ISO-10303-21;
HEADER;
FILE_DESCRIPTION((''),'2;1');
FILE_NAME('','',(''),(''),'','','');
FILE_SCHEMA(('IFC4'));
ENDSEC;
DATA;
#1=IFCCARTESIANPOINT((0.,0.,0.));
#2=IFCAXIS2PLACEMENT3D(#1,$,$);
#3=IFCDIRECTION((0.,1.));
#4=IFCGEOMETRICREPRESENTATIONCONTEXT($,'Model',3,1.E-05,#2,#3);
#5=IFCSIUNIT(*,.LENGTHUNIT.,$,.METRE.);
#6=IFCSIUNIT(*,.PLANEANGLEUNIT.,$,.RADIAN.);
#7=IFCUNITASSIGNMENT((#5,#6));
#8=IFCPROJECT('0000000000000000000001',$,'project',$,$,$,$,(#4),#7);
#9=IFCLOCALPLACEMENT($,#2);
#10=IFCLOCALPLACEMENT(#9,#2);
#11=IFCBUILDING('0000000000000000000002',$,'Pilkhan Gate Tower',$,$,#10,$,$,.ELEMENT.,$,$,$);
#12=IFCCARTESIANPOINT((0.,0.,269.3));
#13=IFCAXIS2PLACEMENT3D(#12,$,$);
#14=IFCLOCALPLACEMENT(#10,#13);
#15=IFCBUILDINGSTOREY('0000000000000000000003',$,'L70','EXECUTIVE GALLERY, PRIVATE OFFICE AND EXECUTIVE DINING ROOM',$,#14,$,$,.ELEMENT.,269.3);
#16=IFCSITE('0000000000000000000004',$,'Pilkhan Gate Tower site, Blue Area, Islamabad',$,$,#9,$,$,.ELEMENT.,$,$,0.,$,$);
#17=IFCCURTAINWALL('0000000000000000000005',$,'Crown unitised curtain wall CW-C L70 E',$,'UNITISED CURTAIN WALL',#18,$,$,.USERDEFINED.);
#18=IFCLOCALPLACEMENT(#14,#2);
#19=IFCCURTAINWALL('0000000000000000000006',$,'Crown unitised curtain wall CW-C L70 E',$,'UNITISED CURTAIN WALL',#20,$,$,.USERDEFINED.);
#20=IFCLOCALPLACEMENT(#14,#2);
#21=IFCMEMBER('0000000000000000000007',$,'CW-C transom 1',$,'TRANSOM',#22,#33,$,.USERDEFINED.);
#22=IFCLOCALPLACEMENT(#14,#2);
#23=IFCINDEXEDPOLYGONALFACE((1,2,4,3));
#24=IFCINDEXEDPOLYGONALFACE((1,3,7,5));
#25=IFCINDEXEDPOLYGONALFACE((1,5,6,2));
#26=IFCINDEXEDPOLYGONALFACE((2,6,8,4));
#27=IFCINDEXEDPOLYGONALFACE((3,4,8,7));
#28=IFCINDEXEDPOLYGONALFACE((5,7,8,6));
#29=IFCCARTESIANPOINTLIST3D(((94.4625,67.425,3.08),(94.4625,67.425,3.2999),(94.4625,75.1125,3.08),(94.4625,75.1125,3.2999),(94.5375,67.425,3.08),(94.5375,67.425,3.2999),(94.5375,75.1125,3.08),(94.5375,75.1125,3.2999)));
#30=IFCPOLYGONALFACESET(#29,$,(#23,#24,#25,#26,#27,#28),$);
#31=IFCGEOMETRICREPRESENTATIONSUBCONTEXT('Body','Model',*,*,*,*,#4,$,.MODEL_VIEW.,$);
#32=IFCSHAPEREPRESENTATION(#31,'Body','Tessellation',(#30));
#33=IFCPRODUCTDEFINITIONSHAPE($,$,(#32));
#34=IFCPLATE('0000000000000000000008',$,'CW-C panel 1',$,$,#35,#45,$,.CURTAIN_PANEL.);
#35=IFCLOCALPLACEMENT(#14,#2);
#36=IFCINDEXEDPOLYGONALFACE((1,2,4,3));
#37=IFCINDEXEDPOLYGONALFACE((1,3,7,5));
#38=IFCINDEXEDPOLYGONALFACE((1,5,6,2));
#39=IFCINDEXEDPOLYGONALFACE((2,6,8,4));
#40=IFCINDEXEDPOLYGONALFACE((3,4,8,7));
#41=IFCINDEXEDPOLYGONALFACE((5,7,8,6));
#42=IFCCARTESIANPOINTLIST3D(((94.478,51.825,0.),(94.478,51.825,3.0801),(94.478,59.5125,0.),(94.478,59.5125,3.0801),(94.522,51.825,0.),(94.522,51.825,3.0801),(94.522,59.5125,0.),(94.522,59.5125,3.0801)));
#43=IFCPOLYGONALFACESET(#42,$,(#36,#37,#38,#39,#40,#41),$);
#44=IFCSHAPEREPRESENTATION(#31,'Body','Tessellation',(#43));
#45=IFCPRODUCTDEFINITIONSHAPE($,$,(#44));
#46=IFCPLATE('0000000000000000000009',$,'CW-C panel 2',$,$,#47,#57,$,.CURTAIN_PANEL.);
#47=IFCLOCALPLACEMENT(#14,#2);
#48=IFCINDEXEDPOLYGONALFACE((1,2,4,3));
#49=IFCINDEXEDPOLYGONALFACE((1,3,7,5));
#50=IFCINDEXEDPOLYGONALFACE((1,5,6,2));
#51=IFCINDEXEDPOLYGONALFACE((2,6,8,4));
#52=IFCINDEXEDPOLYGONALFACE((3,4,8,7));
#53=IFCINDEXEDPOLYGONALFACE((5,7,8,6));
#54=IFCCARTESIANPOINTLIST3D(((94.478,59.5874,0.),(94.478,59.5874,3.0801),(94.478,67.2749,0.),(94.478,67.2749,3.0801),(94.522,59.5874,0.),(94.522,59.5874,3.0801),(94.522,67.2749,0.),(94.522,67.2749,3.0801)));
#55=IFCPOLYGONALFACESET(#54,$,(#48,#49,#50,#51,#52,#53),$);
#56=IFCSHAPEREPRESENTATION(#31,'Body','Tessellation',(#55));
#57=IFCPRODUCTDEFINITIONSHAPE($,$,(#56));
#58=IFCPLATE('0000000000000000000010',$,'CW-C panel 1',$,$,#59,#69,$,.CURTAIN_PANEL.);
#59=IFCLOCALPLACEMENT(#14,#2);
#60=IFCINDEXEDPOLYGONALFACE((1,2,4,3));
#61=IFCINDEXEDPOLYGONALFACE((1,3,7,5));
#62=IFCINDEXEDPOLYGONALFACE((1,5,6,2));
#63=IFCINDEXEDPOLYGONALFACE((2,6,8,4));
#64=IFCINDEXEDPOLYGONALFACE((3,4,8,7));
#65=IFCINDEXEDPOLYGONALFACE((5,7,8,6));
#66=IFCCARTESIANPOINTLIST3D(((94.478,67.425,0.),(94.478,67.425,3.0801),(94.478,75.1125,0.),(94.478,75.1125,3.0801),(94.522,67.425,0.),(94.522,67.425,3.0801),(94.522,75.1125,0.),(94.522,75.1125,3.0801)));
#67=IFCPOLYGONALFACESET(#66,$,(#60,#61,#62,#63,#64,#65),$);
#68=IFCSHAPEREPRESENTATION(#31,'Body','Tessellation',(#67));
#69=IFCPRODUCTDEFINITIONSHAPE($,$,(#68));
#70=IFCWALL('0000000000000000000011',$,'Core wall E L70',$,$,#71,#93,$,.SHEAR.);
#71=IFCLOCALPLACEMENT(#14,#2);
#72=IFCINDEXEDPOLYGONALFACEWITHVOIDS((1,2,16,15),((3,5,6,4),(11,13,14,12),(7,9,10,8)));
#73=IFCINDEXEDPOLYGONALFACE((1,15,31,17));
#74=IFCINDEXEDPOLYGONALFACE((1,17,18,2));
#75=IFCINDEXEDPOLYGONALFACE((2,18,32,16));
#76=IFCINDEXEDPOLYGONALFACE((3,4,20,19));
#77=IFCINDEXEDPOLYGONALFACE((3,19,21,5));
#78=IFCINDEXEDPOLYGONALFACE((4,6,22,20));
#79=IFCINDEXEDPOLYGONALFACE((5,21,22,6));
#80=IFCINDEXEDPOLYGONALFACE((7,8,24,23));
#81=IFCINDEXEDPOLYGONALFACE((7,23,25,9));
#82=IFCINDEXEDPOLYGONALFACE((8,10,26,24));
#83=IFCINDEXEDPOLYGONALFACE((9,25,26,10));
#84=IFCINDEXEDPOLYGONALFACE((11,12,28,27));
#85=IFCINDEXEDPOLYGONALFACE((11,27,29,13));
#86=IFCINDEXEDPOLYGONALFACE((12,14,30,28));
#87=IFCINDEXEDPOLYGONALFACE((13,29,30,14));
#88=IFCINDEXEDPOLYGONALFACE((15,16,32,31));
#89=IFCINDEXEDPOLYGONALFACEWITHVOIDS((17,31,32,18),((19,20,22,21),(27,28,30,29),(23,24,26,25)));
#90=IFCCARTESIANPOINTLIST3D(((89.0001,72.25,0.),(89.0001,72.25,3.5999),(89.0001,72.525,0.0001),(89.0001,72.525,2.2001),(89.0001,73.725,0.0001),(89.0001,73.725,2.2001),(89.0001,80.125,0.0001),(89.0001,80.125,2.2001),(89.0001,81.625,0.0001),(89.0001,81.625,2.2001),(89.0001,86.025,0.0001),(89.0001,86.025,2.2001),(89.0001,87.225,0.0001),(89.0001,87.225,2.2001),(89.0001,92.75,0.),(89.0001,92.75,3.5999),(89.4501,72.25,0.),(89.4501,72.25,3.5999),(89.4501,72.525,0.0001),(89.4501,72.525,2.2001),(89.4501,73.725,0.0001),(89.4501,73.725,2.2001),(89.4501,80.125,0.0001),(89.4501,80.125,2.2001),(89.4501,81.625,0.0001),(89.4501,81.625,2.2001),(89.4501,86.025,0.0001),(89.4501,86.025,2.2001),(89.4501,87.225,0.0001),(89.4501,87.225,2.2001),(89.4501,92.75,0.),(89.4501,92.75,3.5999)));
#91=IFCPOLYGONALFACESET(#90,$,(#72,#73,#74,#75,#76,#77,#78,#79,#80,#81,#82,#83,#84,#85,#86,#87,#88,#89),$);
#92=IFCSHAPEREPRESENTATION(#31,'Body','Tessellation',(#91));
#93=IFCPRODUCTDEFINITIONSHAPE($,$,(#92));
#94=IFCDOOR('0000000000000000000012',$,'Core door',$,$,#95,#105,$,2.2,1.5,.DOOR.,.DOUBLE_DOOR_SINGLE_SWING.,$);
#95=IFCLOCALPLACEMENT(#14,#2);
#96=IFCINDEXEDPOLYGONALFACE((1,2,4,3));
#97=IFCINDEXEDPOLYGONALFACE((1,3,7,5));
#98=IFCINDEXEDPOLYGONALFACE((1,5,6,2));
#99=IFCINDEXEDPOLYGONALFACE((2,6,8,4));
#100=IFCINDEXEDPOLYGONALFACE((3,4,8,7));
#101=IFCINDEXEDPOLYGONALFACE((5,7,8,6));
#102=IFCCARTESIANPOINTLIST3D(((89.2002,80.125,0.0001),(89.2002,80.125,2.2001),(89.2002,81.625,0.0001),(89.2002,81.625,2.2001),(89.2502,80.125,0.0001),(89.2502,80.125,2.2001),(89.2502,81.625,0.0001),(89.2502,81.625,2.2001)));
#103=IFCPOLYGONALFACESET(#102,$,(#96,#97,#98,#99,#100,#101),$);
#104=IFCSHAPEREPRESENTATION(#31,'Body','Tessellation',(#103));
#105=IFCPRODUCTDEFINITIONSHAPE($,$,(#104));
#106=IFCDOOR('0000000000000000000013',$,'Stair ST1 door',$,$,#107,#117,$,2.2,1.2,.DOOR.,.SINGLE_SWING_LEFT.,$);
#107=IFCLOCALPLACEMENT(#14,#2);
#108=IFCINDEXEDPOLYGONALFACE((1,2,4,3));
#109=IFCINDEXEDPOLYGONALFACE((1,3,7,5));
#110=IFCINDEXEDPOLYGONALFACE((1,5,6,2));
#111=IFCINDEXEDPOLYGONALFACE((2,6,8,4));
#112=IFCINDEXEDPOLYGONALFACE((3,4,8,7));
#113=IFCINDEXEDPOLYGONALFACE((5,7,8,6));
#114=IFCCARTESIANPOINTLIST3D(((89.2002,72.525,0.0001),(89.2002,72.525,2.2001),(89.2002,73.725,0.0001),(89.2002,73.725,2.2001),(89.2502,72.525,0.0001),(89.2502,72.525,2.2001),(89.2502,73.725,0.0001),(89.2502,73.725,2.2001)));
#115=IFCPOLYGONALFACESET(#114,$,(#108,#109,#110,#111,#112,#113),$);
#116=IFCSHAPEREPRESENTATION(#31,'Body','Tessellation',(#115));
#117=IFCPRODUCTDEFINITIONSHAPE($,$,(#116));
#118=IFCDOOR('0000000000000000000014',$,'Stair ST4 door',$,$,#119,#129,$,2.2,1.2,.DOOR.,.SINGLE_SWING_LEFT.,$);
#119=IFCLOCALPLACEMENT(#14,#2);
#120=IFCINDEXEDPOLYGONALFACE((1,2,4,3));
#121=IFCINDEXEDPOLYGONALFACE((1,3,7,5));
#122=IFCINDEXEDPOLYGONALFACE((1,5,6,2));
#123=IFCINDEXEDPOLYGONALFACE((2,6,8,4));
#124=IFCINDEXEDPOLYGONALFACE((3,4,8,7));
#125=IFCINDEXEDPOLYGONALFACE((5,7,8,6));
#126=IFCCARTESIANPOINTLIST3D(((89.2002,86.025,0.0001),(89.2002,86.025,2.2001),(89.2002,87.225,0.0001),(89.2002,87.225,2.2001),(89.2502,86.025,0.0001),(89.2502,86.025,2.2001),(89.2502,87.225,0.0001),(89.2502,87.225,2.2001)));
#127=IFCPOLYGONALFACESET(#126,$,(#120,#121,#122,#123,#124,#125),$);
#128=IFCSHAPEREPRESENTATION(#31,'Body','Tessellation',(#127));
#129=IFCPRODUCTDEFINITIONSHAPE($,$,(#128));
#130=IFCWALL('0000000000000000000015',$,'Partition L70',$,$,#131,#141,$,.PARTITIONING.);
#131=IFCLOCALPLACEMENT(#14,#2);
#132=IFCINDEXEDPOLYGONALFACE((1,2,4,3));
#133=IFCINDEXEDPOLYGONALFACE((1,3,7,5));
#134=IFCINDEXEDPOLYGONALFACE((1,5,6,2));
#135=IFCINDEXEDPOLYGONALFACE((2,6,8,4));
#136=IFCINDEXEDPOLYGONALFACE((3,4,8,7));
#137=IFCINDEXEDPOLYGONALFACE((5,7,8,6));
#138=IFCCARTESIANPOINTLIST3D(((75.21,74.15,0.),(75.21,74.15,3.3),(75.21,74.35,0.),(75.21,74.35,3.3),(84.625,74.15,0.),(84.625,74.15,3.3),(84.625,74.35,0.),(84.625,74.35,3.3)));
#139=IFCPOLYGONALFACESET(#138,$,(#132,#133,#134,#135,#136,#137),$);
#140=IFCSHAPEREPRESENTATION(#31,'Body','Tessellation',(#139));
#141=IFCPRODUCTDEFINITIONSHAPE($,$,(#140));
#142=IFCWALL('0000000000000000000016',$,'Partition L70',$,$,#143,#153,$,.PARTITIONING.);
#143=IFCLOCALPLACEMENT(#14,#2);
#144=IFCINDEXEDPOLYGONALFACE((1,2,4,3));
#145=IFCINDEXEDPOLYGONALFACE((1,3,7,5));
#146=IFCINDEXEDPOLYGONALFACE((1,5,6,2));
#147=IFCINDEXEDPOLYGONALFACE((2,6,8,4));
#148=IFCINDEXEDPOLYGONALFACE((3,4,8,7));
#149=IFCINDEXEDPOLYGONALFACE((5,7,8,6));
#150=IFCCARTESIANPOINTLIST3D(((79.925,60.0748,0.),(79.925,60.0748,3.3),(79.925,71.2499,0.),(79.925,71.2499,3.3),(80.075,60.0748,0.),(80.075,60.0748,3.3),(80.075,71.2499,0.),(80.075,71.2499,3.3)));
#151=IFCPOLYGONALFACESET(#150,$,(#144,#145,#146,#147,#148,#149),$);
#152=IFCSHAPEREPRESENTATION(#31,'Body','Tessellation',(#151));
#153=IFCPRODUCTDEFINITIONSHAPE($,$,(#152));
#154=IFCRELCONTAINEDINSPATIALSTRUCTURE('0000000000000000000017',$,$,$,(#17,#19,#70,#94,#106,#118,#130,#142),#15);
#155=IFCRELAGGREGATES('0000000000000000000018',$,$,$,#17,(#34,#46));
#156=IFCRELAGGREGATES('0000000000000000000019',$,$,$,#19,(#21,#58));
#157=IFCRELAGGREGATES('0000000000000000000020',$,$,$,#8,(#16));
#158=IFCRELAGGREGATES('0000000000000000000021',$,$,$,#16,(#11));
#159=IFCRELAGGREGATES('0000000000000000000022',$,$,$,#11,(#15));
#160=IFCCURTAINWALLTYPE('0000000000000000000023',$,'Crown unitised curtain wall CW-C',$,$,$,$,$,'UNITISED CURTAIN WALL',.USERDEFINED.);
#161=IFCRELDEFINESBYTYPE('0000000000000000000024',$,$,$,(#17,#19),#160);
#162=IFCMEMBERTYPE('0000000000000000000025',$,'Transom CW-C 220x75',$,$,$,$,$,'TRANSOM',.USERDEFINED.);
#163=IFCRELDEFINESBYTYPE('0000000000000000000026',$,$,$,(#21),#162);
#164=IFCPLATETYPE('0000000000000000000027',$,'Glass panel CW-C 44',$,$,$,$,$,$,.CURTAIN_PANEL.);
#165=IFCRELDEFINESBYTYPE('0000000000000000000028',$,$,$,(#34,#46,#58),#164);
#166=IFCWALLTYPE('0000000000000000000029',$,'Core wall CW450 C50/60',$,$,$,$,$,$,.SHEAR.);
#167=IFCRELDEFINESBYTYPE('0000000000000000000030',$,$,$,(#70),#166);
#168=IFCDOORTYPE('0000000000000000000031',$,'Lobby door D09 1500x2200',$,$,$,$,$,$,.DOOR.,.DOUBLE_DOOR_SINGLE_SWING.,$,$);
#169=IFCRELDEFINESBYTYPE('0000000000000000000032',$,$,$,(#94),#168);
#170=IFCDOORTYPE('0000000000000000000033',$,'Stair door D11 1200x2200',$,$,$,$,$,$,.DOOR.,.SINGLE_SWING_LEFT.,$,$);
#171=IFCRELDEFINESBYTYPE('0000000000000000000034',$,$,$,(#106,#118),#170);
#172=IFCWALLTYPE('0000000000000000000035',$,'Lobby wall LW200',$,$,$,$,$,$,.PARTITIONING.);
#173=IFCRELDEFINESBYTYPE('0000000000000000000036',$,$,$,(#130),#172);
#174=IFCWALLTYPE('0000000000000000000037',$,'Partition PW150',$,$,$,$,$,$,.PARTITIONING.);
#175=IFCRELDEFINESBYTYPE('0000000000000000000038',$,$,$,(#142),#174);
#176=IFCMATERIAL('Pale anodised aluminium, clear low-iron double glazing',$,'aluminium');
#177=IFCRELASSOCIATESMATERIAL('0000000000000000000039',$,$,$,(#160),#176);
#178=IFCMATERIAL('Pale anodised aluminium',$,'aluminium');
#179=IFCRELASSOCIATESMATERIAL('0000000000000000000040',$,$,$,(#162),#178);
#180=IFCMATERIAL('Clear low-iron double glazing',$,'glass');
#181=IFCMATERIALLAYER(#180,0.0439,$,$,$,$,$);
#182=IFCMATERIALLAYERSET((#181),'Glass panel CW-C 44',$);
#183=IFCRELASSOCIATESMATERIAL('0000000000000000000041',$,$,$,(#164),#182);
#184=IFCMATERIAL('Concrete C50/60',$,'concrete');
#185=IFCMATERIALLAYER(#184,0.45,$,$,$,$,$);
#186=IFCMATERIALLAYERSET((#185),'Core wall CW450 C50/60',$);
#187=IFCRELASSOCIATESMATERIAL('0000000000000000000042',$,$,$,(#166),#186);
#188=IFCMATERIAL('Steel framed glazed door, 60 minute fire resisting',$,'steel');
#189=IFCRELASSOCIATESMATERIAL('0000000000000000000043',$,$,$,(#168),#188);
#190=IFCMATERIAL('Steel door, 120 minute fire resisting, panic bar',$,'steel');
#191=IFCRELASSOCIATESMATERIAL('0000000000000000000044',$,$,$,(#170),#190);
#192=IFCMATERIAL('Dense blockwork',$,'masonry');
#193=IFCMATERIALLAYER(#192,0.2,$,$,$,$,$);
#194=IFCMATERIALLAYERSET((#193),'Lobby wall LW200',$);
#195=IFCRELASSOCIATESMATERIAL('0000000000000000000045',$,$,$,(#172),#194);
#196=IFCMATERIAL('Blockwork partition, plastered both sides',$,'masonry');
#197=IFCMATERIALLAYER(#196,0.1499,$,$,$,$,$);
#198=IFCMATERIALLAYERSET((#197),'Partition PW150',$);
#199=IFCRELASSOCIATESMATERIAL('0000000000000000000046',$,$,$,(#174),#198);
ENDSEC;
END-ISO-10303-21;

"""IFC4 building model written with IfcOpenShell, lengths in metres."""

from ifc_helpers import new_model, si_unit, direction, frame, frame_2d, origin, origin_2d, place, context, subcontext, project, spatial, rectangle, extrude, material, layer, layer_set, material_profile, profile_set, type_object, element, fill, aggregate, save


model = new_model("IFC4")

# Units and contexts
model_context = context("Model", 3, precision=1e-05, world=origin(), true_north=direction((0.0, 1.0)))
body_context = subcontext(model_context, "Body", "Model", "MODEL_VIEW")
ifc_project = project(units=[si_unit("LENGTHUNIT", "METRE"), si_unit("PLANEANGLEUNIT", "RADIAN")], contexts=[model_context])

# Site, building, storey
site_placement = place(None, origin())
site = spatial("IfcSite", under=ifc_project, at=site_placement, Name="Pilkhan Gate Tower site, Blue Area, Islamabad", CompositionType="ELEMENT", RefElevation=0.0)
building_placement = place(site_placement, origin())
building = spatial("IfcBuilding", under=site, at=building_placement, Name="Pilkhan Gate Tower", CompositionType="ELEMENT")
storey_placement = place(building_placement, frame((0.0, 0.0, 269.3)))
storey = spatial("IfcBuildingStorey", under=building, at=storey_placement, Name="L70", Description="EXECUTIVE GALLERY, PRIVATE OFFICE AND EXECUTIVE DINING ROOM", CompositionType="ELEMENT", Elevation=269.3)

# Shared definitions
ifc_material_1 = material(Name="Concrete C50/60", Category="concrete")

# Curtain wall
ifc_material_2 = material(Name="Pale anodised aluminium, clear low-iron double glazing", Category="aluminium")
curtain_wall_type = type_object("IfcCurtainWallType", Name="Crown unitised curtain wall CW-C", ElementType="UNITISED CURTAIN WALL", PredefinedType="USERDEFINED", material=ifc_material_2)
curtain_wall_1_placement = place(storey_placement, origin())
curtain_wall_1 = element("IfcCurtainWall", 1, at=curtain_wall_1_placement, inside=storey, type_object=curtain_wall_type, Name="Crown unitised curtain wall CW-C L70 E", ObjectType="UNITISED CURTAIN WALL", PredefinedType="USERDEFINED")
ifc_material_3 = material(Name="Pale anodised aluminium", Category="aluminium")

# Curtain wall
curtain_wall_2_placement = place(storey_placement, origin())
curtain_wall_2 = element("IfcCurtainWall", 2, at=curtain_wall_2_placement, inside=storey, type_object=curtain_wall_type, Name="Crown unitised curtain wall CW-C L70 E", ObjectType="UNITISED CURTAIN WALL", PredefinedType="USERDEFINED")

# Member
ifc_material_profile_1 = material_profile(ifc_material_3, rectangle(XDim=0.075, YDim=0.22, at=origin_2d()), Name="Transom 220x75")
ifc_profile_set_1 = profile_set([ifc_material_profile_1], Name="Pale anodised aluminium")
member_type_1 = type_object("IfcMemberType", Name="Transom CW-C 220x75", ElementType="TRANSOM", PredefinedType="USERDEFINED", material=ifc_profile_set_1)
member_1_placement = place(storey_placement, frame((94.5, 67.425, 3.1899), z_axis=(0.0, 1.0, 0.0), x_axis=(-1.0, 0.0, 0.0)))
member_1 = element("IfcMember", 3, at=member_1_placement, type_object=member_type_1, Name="CW-C transom 1", ObjectType="TRANSOM", PredefinedType="USERDEFINED", context=body_context, shape_type="SweptSolid", body=[
    extrude(rectangle(XDim=0.075, YDim=0.22, at=origin_2d()), origin(), (0.0, 0.0, 1.0), 7.6875),
])

# Plates
ifc_material_4 = material(Name="Clear low-iron double glazing", Category="glass")
ifc_layer_1 = layer(ifc_material_4, 0.0439)
ifc_layer_set_1 = layer_set([ifc_layer_1], Name="Glass panel CW-C 44")
plate_type = type_object("IfcPlateType", Name="Glass panel CW-C 44", PredefinedType="CURTAIN_PANEL", material=ifc_layer_set_1)
plate_1_placement = place(storey_placement, frame((94.5, 55.6687, 0.0), z_axis=(0.0, 0.0, 1.0), x_axis=(0.0, 1.0, 0.0)))
plate_1 = element("IfcPlate", 4, at=plate_1_placement, type_object=plate_type, Name="CW-C panel 1", PredefinedType="CURTAIN_PANEL", context=body_context, shape_type="SweptSolid", body=[
    extrude(rectangle(XDim=7.6875, YDim=0.0439, at=origin_2d()), origin(), (0.0, 0.0, 1.0), 3.0801),
])
plate_2_placement = place(storey_placement, frame((94.5, 63.4312, 0.0), z_axis=(0.0, 0.0, 1.0), x_axis=(0.0, 1.0, 0.0)))
plate_2 = element("IfcPlate", 5, at=plate_2_placement, type_object=plate_type, Name="CW-C panel 2", PredefinedType="CURTAIN_PANEL", context=body_context, shape_type="SweptSolid", body=[
    extrude(rectangle(XDim=7.6875, YDim=0.0439, at=origin_2d()), origin(), (0.0, 0.0, 1.0), 3.0801),
])
aggregate(curtain_wall_1, [plate_1, plate_2])
plate_3_placement = place(storey_placement, frame((94.5, 71.2688, 0.0), z_axis=(0.0, 0.0, 1.0), x_axis=(0.0, 1.0, 0.0)))
plate_3 = element("IfcPlate", 6, at=plate_3_placement, type_object=plate_type, Name="CW-C panel 1", PredefinedType="CURTAIN_PANEL", context=body_context, shape_type="SweptSolid", body=[
    extrude(rectangle(XDim=7.6875, YDim=0.0439, at=origin_2d()), origin(), (0.0, 0.0, 1.0), 3.0801),
])
aggregate(curtain_wall_2, [member_1, plate_3])

# Wall, openings, doors
ifc_layer_2 = layer(ifc_material_1, 0.45)
ifc_layer_set_2 = layer_set([ifc_layer_2], Name="Core wall CW450 C50/60")
wall_type_1 = type_object("IfcWallType", Name="Core wall CW450 C50/60", PredefinedType="SHEAR", material=ifc_layer_set_2)
wall_1_placement = place(storey_placement, frame((89.2251, 72.25, 0.0), z_axis=(0.0, 0.0, 1.0), x_axis=(0.0, 1.0, 0.0)))
wall_1 = element("IfcWall", 7, at=wall_1_placement, inside=storey, type_object=wall_type_1, Name="Core wall E L70", PredefinedType="SHEAR", context=body_context, shape_type="SweptSolid", body=[
    extrude(rectangle(XDim=20.5, YDim=0.45, at=frame_2d((10.25, 0.0))), origin(), (0.0, 0.0, 1.0), 3.5999),
])
opening_1_placement = place(wall_1_placement, frame((0.2749, 0.0, 0.0)))
opening_1 = element("IfcOpeningElement", 8, at=opening_1_placement, cuts=wall_1, PredefinedType="OPENING", context=body_context, shape_type="SweptSolid", body=[
    extrude(rectangle(XDim=1.2, YDim=2.2, at=frame_2d((0.6001, 1.1001))), frame((0.0, 0.2349, 0.0), z_axis=(0.0, -1.0, 0.0), x_axis=(1.0, 0.0, 0.0)), (0.0, 0.0, 1.0), 0.47),
])
opening_2_placement = place(wall_1_placement, frame((13.7749, 0.0, 0.0)))
opening_2 = element("IfcOpeningElement", 9, at=opening_2_placement, cuts=wall_1, PredefinedType="OPENING", context=body_context, shape_type="SweptSolid", body=[
    extrude(rectangle(XDim=1.2, YDim=2.2, at=frame_2d((0.6001, 1.1001))), frame((0.0, 0.2349, 0.0), z_axis=(0.0, -1.0, 0.0), x_axis=(1.0, 0.0, 0.0)), (0.0, 0.0, 1.0), 0.47),
])
opening_3_placement = place(wall_1_placement, frame((7.875, 0.0, 0.0)))
opening_3 = element("IfcOpeningElement", 10, at=opening_3_placement, cuts=wall_1, PredefinedType="OPENING", context=body_context, shape_type="SweptSolid", body=[
    extrude(rectangle(XDim=1.5, YDim=2.2, at=frame_2d((0.75, 1.1001))), frame((0.0, 0.2349, 0.0), z_axis=(0.0, -1.0, 0.0), x_axis=(1.0, 0.0, 0.0)), (0.0, 0.0, 1.0), 0.47),
])
ifc_material_5 = material(Name="Steel framed glazed door, 60 minute fire resisting", Category="steel")
door_type_1 = type_object("IfcDoorType", Name="Lobby door D09 1500x2200", OperationType="DOUBLE_DOOR_SINGLE_SWING", PredefinedType="DOOR", material=ifc_material_5)
door_1_placement = place(opening_3_placement, origin())
door_1 = element("IfcDoor", 11, at=door_1_placement, inside=storey, type_object=door_type_1, Name="Core door", OperationType="DOUBLE_DOOR_SINGLE_SWING", OverallHeight=2.2, OverallWidth=1.5, PredefinedType="DOOR", context=body_context, shape_type="SweptSolid", body=[
    extrude(rectangle(XDim=1.5, YDim=2.2, at=frame_2d((0.75, 1.1001))), frame((0.0, 0.0249, 0.0), z_axis=(0.0, -1.0, 0.0), x_axis=(1.0, 0.0, 0.0)), (0.0, 0.0, 1.0), 0.05),
])
fill(opening_3, door_1)
ifc_material_6 = material(Name="Steel door, 120 minute fire resisting, panic bar", Category="steel")
door_type_2 = type_object("IfcDoorType", Name="Stair door D11 1200x2200", OperationType="SINGLE_SWING_LEFT", PredefinedType="DOOR", material=ifc_material_6)
door_2_placement = place(opening_1_placement, origin())
door_2 = element("IfcDoor", 12, at=door_2_placement, inside=storey, type_object=door_type_2, Name="Stair ST1 door", OperationType="SINGLE_SWING_LEFT", OverallHeight=2.2, OverallWidth=1.2, PredefinedType="DOOR", context=body_context, shape_type="SweptSolid", body=[
    extrude(rectangle(XDim=1.2, YDim=2.2, at=frame_2d((0.6001, 1.1001))), frame((0.0, 0.0249, 0.0), z_axis=(0.0, -1.0, 0.0), x_axis=(1.0, 0.0, 0.0)), (0.0, 0.0, 1.0), 0.05),
])
fill(opening_1, door_2)
door_3_placement = place(opening_2_placement, origin())
door_3 = element("IfcDoor", 13, at=door_3_placement, inside=storey, type_object=door_type_2, Name="Stair ST4 door", OperationType="SINGLE_SWING_LEFT", OverallHeight=2.2, OverallWidth=1.2, PredefinedType="DOOR", context=body_context, shape_type="SweptSolid", body=[
    extrude(rectangle(XDim=1.2, YDim=2.2, at=frame_2d((0.6001, 1.1001))), frame((0.0, 0.0249, 0.0), z_axis=(0.0, -1.0, 0.0), x_axis=(1.0, 0.0, 0.0)), (0.0, 0.0, 1.0), 0.05),
])
fill(opening_2, door_3)

# Walls
ifc_material_7 = material(Name="Dense blockwork", Category="masonry")
ifc_layer_3 = layer(ifc_material_7, 0.2)
ifc_layer_set_3 = layer_set([ifc_layer_3], Name="Lobby wall LW200")
wall_type_2 = type_object("IfcWallType", Name="Lobby wall LW200", PredefinedType="PARTITIONING", material=ifc_layer_set_3)
wall_2_placement = place(storey_placement, frame((75.21, 74.25, 0.0), z_axis=(0.0, 0.0, 1.0), x_axis=(1.0, 0.0, 0.0)))
element("IfcWall", 14, at=wall_2_placement, inside=storey, type_object=wall_type_2, Name="Partition L70", PredefinedType="PARTITIONING", context=body_context, shape_type="SweptSolid", body=[
    extrude(rectangle(XDim=9.415, YDim=0.2, at=frame_2d((4.7075, 0.0))), origin(), (0.0, 0.0, 1.0), 3.3),
])
ifc_material_8 = material(Name="Blockwork partition, plastered both sides", Category="masonry")
ifc_layer_4 = layer(ifc_material_8, 0.1499)
ifc_layer_set_4 = layer_set([ifc_layer_4], Name="Partition PW150")
wall_type_3 = type_object("IfcWallType", Name="Partition PW150", PredefinedType="PARTITIONING", material=ifc_layer_set_4)
wall_3_placement = place(storey_placement, frame((80.0, 60.075, 0.0), z_axis=(0.0, 0.0, 1.0), x_axis=(0.0, 1.0, 0.0)))
element("IfcWall", 15, at=wall_3_placement, inside=storey, type_object=wall_type_3, Name="Partition L70", PredefinedType="PARTITIONING", context=body_context, shape_type="SweptSolid", body=[
    extrude(rectangle(XDim=11.175, YDim=0.1499, at=frame_2d((5.5874, 0.0))), origin(), (0.0, 0.0, 1.0), 3.3),
])

save(model, "model.ifc")
